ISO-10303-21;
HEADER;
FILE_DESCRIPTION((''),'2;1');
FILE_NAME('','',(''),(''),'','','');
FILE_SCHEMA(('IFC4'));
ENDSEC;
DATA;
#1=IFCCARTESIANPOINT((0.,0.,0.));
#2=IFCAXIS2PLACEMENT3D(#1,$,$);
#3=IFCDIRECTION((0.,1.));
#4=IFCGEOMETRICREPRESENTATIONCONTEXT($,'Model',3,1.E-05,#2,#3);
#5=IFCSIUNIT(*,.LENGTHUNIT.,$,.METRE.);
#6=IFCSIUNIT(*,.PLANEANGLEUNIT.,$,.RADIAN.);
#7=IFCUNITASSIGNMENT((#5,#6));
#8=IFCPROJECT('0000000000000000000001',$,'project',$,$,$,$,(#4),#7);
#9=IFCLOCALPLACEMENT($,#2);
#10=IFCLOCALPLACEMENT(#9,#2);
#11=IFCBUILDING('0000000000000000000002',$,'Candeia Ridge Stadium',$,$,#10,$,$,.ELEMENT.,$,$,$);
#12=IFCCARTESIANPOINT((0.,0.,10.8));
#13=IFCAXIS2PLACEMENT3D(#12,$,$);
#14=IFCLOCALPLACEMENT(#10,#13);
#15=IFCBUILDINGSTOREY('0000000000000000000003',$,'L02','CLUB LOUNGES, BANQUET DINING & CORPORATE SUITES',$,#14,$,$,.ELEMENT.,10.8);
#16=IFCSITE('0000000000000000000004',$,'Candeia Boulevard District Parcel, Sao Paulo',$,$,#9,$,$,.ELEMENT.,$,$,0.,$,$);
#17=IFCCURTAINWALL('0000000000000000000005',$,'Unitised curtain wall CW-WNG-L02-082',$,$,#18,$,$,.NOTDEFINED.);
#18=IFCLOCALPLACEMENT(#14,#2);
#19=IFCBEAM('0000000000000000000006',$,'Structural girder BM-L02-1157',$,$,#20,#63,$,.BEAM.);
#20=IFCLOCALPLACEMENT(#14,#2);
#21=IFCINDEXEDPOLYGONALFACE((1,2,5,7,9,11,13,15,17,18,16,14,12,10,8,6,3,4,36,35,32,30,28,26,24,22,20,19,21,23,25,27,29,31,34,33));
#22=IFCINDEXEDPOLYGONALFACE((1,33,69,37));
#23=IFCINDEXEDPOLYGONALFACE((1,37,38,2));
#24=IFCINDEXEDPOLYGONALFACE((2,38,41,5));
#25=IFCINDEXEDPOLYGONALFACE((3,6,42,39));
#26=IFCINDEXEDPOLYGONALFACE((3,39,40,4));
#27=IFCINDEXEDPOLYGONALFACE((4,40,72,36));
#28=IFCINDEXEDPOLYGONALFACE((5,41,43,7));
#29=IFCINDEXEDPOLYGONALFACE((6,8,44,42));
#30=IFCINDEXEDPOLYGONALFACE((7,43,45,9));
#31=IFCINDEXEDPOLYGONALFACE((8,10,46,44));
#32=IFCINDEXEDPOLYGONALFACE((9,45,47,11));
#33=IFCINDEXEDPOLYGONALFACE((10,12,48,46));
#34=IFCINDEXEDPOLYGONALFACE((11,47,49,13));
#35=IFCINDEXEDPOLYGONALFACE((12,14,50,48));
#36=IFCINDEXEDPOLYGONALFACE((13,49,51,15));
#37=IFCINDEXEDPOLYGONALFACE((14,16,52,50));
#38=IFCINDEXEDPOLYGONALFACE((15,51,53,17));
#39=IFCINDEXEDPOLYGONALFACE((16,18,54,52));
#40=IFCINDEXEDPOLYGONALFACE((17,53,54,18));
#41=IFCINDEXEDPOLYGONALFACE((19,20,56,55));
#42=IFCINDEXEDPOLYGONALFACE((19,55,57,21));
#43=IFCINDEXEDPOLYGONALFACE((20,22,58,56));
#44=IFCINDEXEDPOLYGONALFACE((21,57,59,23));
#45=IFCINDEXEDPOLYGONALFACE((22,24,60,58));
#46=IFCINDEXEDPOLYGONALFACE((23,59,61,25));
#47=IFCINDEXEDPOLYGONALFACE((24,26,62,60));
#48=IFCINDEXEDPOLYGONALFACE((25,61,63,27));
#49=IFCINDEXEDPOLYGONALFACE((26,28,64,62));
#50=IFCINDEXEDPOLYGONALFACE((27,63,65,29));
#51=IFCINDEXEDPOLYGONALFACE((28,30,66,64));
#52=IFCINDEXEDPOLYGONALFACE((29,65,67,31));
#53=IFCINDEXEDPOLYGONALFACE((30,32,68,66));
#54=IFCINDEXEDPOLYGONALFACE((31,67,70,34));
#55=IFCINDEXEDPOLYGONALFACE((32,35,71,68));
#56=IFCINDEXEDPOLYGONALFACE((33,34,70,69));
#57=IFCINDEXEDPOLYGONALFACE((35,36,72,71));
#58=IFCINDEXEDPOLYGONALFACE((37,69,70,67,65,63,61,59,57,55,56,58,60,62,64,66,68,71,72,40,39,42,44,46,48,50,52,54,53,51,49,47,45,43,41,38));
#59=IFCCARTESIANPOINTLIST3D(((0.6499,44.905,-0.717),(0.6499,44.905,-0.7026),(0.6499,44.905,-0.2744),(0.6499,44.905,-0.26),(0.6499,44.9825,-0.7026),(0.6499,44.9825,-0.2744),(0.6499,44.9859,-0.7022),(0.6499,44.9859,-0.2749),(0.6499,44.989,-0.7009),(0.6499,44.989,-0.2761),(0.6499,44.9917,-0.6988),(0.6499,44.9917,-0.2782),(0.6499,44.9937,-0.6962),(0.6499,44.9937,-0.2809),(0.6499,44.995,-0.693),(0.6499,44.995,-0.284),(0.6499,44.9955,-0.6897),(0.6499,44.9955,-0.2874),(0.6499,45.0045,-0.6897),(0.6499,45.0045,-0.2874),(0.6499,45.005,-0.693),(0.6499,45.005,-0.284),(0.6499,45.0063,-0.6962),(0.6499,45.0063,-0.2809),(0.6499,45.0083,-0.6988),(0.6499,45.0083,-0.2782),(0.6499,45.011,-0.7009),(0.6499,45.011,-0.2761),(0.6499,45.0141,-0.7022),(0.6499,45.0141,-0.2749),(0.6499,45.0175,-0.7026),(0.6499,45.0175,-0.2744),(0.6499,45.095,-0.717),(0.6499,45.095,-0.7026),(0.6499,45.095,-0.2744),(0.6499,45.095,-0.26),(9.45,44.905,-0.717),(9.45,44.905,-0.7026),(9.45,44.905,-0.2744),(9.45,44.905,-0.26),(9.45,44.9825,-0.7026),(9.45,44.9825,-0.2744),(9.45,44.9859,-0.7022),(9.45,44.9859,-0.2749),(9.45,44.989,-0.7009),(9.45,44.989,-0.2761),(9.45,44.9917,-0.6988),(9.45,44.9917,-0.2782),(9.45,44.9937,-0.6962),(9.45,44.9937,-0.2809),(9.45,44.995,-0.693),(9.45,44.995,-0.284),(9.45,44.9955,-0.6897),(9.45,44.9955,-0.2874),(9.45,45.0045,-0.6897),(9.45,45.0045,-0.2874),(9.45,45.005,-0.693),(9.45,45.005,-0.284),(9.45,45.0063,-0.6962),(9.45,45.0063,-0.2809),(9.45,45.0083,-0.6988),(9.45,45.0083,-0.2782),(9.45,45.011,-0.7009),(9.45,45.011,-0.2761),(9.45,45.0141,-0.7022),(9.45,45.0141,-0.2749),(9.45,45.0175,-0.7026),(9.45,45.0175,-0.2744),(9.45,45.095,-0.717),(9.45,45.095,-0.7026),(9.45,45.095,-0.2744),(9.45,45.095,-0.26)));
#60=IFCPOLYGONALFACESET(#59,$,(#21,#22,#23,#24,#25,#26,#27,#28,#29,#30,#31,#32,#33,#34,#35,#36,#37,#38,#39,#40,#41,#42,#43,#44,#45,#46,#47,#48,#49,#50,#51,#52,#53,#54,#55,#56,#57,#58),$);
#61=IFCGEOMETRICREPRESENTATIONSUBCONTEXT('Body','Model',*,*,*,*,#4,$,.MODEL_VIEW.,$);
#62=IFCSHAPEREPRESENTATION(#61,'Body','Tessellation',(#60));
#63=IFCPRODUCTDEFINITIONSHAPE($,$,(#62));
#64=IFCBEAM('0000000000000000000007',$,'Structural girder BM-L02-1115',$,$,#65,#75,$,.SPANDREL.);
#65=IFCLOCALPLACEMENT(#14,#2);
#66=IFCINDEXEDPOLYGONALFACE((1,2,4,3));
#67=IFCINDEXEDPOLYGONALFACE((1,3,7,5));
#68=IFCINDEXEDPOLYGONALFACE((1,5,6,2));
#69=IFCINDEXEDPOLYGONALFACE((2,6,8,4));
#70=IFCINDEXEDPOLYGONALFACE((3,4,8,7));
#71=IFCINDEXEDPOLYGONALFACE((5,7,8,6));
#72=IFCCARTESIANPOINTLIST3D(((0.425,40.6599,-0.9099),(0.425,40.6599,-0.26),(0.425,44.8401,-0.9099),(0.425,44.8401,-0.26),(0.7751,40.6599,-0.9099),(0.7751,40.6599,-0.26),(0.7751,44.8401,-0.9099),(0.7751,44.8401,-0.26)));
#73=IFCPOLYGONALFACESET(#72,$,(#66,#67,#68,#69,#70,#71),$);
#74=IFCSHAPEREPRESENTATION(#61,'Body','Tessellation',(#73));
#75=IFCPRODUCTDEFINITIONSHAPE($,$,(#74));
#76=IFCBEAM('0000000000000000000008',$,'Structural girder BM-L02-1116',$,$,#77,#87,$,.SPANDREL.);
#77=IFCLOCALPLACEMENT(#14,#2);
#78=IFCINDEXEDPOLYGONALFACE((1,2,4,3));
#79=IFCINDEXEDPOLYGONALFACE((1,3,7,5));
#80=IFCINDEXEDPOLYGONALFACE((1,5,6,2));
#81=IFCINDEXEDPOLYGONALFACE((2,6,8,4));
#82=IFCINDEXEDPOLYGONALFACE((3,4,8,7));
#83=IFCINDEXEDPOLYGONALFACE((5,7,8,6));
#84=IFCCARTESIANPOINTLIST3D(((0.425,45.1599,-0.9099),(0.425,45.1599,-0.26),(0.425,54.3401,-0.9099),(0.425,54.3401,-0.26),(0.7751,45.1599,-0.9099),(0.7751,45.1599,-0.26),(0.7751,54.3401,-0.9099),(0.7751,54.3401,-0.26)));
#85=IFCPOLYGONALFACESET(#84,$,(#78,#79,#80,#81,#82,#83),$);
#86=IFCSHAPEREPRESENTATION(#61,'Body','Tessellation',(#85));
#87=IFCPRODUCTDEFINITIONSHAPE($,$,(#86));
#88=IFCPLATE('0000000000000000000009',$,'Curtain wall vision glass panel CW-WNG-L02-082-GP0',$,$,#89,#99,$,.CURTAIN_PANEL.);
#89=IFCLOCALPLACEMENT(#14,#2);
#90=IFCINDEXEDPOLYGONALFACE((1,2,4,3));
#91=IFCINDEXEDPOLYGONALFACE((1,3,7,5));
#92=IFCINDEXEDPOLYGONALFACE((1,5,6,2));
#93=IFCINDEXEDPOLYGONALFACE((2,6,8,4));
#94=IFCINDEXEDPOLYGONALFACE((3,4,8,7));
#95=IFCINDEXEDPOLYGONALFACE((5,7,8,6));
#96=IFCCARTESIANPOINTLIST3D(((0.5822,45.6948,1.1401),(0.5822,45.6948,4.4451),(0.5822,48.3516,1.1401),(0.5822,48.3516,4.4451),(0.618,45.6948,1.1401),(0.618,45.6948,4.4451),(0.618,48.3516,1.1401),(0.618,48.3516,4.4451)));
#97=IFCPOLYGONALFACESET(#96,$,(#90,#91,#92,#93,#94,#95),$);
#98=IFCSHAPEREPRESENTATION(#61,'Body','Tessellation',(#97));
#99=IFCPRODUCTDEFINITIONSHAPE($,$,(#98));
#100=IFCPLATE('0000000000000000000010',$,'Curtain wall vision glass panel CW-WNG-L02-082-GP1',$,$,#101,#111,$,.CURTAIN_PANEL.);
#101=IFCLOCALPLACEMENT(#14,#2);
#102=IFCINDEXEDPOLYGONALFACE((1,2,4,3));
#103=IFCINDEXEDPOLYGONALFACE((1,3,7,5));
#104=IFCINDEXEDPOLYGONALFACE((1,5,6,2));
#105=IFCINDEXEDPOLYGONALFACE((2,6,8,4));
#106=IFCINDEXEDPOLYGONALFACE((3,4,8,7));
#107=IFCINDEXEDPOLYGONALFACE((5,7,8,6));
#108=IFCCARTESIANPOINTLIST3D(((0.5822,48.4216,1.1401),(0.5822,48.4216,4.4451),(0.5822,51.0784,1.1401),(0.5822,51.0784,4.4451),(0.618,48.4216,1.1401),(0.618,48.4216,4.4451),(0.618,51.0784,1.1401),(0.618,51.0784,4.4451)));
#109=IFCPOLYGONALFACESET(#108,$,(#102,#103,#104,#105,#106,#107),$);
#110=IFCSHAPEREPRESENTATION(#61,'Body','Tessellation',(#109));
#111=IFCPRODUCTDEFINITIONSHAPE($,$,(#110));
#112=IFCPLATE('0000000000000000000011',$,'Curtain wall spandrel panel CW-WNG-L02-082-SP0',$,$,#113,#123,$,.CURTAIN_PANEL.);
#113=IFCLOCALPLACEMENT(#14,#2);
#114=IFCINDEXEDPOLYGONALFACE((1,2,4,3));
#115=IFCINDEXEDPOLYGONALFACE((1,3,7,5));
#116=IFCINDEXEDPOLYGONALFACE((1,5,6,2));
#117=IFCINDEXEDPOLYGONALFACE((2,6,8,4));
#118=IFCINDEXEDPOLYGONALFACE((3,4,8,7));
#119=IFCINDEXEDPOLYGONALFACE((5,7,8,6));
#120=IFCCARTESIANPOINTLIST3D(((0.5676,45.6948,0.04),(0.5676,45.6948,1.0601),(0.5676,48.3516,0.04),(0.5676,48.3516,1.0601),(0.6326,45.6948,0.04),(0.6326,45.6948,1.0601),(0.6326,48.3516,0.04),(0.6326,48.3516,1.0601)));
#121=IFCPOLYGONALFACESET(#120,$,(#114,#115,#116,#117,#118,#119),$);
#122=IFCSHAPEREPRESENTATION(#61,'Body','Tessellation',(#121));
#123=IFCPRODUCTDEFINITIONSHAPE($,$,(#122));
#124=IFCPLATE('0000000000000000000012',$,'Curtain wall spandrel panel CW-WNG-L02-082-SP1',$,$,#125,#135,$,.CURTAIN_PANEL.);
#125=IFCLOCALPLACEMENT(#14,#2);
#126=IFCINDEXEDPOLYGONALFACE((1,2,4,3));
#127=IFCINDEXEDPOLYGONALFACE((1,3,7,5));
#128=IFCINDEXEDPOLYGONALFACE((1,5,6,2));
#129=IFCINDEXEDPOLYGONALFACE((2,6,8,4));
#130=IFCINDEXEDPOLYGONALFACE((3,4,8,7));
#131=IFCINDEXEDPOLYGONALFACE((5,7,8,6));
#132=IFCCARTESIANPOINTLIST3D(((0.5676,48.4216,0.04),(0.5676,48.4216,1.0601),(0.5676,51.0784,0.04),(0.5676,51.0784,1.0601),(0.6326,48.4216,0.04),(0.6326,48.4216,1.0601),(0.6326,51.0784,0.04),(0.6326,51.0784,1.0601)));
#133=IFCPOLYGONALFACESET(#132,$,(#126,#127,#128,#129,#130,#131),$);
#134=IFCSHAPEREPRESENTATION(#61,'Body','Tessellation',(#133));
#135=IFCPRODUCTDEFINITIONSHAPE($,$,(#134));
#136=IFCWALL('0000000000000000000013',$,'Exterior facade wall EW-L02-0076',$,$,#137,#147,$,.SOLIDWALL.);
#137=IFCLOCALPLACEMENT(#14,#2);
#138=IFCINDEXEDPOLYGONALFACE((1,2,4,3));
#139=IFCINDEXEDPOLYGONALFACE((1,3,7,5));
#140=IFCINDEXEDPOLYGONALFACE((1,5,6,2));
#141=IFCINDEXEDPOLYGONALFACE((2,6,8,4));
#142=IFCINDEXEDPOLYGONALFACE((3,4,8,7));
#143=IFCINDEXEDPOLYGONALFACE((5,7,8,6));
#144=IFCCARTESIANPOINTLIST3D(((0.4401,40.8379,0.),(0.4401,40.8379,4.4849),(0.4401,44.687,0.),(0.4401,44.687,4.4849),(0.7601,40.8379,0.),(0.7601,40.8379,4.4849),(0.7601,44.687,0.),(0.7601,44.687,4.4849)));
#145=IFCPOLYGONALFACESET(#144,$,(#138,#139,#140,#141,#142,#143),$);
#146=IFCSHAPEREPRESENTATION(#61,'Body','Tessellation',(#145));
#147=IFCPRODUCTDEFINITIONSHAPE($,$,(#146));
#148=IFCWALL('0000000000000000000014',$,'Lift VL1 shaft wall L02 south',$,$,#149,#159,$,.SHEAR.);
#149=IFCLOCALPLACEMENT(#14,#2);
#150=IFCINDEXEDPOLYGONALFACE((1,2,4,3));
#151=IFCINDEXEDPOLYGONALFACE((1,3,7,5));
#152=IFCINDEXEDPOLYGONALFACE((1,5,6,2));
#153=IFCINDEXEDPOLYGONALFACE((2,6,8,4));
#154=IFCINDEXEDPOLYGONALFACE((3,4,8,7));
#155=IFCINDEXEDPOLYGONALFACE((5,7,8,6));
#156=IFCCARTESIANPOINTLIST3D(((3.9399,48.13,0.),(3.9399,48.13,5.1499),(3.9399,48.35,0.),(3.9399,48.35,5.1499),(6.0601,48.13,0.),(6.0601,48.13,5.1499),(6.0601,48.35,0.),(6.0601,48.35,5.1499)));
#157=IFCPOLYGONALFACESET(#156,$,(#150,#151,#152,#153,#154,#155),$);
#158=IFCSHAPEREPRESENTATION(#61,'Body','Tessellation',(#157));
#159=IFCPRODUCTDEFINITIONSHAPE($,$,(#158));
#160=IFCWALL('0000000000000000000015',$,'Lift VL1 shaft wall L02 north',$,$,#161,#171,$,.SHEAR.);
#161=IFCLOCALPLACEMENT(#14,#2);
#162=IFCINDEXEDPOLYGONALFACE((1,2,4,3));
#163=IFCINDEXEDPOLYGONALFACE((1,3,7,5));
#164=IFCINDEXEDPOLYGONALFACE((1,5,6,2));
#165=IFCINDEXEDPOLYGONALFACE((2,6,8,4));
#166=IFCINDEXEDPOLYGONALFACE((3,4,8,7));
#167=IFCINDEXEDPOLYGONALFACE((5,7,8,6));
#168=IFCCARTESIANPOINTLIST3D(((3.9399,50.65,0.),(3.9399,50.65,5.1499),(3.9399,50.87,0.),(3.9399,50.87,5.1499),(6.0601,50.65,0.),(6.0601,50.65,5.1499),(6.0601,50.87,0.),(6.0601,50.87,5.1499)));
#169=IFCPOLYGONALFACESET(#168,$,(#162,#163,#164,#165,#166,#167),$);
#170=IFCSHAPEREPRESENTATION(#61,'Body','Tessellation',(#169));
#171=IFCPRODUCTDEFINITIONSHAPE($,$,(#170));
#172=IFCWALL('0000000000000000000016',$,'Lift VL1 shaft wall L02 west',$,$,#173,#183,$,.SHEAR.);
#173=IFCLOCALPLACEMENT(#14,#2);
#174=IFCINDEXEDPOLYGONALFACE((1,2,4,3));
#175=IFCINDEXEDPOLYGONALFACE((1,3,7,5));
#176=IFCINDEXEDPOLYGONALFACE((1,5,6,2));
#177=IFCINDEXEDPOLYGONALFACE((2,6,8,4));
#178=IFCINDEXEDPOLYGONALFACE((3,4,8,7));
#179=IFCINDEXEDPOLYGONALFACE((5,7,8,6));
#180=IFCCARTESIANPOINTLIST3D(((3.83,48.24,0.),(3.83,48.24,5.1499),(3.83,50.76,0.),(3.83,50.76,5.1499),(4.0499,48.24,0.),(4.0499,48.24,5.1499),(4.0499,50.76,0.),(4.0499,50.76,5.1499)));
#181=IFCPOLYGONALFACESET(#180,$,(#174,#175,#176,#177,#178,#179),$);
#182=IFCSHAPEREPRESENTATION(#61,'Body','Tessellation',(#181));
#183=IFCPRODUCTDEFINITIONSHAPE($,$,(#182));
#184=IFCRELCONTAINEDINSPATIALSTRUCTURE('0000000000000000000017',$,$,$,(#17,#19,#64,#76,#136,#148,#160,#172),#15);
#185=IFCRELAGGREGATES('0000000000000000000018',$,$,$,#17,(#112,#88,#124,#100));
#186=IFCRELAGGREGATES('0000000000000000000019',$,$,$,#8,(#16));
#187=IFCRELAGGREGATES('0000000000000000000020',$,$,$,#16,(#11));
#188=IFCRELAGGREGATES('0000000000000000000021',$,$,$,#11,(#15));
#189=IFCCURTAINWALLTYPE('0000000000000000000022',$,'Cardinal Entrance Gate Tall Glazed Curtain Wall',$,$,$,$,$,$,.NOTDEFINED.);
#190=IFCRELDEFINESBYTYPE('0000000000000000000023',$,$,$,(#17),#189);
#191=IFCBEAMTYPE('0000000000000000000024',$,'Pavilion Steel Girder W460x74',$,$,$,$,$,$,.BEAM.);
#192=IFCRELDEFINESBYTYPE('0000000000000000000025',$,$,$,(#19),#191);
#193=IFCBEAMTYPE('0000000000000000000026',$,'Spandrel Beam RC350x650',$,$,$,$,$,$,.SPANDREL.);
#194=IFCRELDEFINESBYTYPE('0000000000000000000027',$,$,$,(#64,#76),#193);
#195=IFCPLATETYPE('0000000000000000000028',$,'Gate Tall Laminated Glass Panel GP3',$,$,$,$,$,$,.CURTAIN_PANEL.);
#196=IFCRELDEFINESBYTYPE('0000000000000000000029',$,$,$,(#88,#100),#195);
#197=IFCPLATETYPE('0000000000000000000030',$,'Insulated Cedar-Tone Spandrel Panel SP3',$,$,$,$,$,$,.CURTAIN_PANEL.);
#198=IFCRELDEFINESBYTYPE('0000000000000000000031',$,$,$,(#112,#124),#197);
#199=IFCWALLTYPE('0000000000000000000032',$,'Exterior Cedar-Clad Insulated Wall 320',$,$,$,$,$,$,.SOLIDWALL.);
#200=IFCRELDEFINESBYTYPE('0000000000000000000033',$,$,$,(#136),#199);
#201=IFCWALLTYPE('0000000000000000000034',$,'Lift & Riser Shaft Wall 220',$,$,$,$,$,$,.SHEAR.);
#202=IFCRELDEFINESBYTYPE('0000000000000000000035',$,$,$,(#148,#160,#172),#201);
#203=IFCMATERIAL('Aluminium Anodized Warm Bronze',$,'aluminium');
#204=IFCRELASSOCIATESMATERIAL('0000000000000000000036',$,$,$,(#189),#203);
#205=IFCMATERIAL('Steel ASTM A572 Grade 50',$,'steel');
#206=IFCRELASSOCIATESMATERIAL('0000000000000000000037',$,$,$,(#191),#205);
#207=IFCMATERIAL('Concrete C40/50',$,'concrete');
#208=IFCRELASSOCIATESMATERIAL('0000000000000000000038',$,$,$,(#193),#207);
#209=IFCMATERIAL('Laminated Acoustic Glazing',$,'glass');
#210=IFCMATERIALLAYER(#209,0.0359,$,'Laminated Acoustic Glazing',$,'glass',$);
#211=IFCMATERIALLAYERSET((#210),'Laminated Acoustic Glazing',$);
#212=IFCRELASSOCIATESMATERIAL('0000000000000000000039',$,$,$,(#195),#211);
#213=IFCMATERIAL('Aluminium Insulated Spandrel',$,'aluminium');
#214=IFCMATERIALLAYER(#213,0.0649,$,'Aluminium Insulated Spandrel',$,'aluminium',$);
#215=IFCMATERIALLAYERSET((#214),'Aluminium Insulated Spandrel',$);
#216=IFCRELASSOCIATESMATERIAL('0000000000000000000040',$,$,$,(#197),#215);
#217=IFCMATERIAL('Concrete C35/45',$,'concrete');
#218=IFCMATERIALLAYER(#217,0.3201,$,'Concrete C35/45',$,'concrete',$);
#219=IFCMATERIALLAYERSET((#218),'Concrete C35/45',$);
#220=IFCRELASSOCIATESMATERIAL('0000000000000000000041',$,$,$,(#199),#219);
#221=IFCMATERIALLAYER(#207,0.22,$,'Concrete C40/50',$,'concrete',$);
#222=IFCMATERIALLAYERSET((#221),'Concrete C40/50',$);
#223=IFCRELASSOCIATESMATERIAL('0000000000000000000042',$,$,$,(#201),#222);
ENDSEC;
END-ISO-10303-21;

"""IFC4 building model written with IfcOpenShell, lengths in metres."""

from ifc_helpers import new_model, si_unit, direction, frame, frame_2d, origin, origin_2d, place, context, subcontext, project, spatial, rectangle, i_section, extrude, material, layer, layer_set, material_profile, profile_set, type_object, element, aggregate, save


model = new_model("IFC4")

# Units and contexts
model_context = context("Model", 3, precision=1e-05, world=origin(), true_north=direction((0.0, 1.0)))
body_context = subcontext(model_context, "Body", "Model", "MODEL_VIEW")
ifc_project = project(units=[si_unit("LENGTHUNIT", "METRE"), si_unit("PLANEANGLEUNIT", "RADIAN")], contexts=[model_context])

# Site, building, storey
site_placement = place(None, origin())
site = spatial("IfcSite", under=ifc_project, at=site_placement, Name="Candeia Boulevard District Parcel, Sao Paulo", CompositionType="ELEMENT", RefElevation=0.0)
building_placement = place(site_placement, origin())
building = spatial("IfcBuilding", under=site, at=building_placement, Name="Candeia Ridge Stadium", CompositionType="ELEMENT")
storey_placement = place(building_placement, frame((0.0, 0.0, 10.8)))
storey = spatial("IfcBuildingStorey", under=building, at=storey_placement, Name="L02", Description="CLUB LOUNGES, BANQUET DINING & CORPORATE SUITES", CompositionType="ELEMENT", Elevation=10.8)

# Shared definitions
ifc_material_1 = material(Name="Concrete C40/50", Category="concrete")

# Curtain wall
ifc_material_2 = material(Name="Aluminium Anodized Warm Bronze", Category="aluminium")
curtain_wall_type = type_object("IfcCurtainWallType", Name="Cardinal Entrance Gate Tall Glazed Curtain Wall", PredefinedType="NOTDEFINED", material=ifc_material_2)
curtain_wall_placement = place(storey_placement, origin())
curtain_wall = element("IfcCurtainWall", 1, at=curtain_wall_placement, inside=storey, type_object=curtain_wall_type, Name="Unitised curtain wall CW-WNG-L02-082", PredefinedType="NOTDEFINED")

# Beams
ifc_material_3 = material(Name="Steel ASTM A572 Grade 50", Category="steel")
ifc_material_profile_1 = material_profile(ifc_material_3, i_section(OverallWidth=0.1899, OverallDepth=0.457, WebThickness=0.009, FlangeThickness=0.0144, FilletRadius=0.0129, at=origin_2d()), Name="W460x74", Category="steel")
ifc_profile_set_1 = profile_set([ifc_material_profile_1], Name="Steel ASTM A572 Grade 50")
beam_type_1 = type_object("IfcBeamType", Name="Pavilion Steel Girder W460x74", PredefinedType="BEAM", material=ifc_profile_set_1)
beam_1_placement = place(storey_placement, frame((0.6499, 45.0, -0.4885), z_axis=(1.0, 0.0, 0.0), x_axis=(0.0, 1.0, 0.0)))
element("IfcBeam", 2, at=beam_1_placement, inside=storey, type_object=beam_type_1, Name="Structural girder BM-L02-1157", PredefinedType="BEAM", context=body_context, shape_type="SweptSolid", body=[
    extrude(i_section(OverallWidth=0.1899, OverallDepth=0.457, WebThickness=0.009, FlangeThickness=0.0144, FilletRadius=0.0129, at=origin_2d()), origin(), (0.0, 0.0, 1.0), 8.8),
])
ifc_material_profile_2 = material_profile(ifc_material_1, rectangle(XDim=0.3501, YDim=0.6499, at=origin_2d()), Name="RC350x650", Category="concrete")
ifc_profile_set_2 = profile_set([ifc_material_profile_2], Name="Concrete C40/50")
beam_type_2 = type_object("IfcBeamType", Name="Spandrel Beam RC350x650", PredefinedType="SPANDREL", material=ifc_profile_set_2)
beam_2_placement = place(storey_placement, frame((0.6001, 40.6599, -0.585), z_axis=(0.0, 1.0, 0.0), x_axis=(-1.0, 0.0, 0.0)))
element("IfcBeam", 3, at=beam_2_placement, inside=storey, type_object=beam_type_2, Name="Structural girder BM-L02-1115", PredefinedType="SPANDREL", context=body_context, shape_type="SweptSolid", body=[
    extrude(rectangle(XDim=0.3501, YDim=0.6499, at=origin_2d()), origin(), (0.0, 0.0, 1.0), 4.1802),
])
beam_3_placement = place(storey_placement, frame((0.6001, 45.1599, -0.585), z_axis=(0.0, 1.0, 0.0), x_axis=(-1.0, 0.0, 0.0)))
element("IfcBeam", 4, at=beam_3_placement, inside=storey, type_object=beam_type_2, Name="Structural girder BM-L02-1116", PredefinedType="SPANDREL", context=body_context, shape_type="SweptSolid", body=[
    extrude(rectangle(XDim=0.3501, YDim=0.6499, at=origin_2d()), origin(), (0.0, 0.0, 1.0), 9.1802),
])

# Plates
ifc_material_4 = material(Name="Laminated Acoustic Glazing", Category="glass")
ifc_layer_1 = layer(ifc_material_4, 0.0359, Name="Laminated Acoustic Glazing", Category="glass")
ifc_layer_set_1 = layer_set([ifc_layer_1], Name="Laminated Acoustic Glazing")
plate_type_1 = type_object("IfcPlateType", Name="Gate Tall Laminated Glass Panel GP3", PredefinedType="CURTAIN_PANEL", material=ifc_layer_set_1)
plate_1_placement = place(storey_placement, frame((0.6001, 47.0232, 1.1401), z_axis=(0.0, 0.0, 1.0), x_axis=(0.0, 1.0, 0.0)))
plate_1 = element("IfcPlate", 5, at=plate_1_placement, type_object=plate_type_1, Name="Curtain wall vision glass panel CW-WNG-L02-082-GP0", PredefinedType="CURTAIN_PANEL", context=body_context, shape_type="SweptSolid", body=[
    extrude(rectangle(XDim=2.6567, YDim=0.0359, at=origin_2d()), origin(), (0.0, 0.0, 1.0), 3.3049),
])
plate_2_placement = place(storey_placement, frame((0.6001, 49.75, 1.1401), z_axis=(0.0, 0.0, 1.0), x_axis=(0.0, 1.0, 0.0)))
plate_2 = element("IfcPlate", 6, at=plate_2_placement, type_object=plate_type_1, Name="Curtain wall vision glass panel CW-WNG-L02-082-GP1", PredefinedType="CURTAIN_PANEL", context=body_context, shape_type="SweptSolid", body=[
    extrude(rectangle(XDim=2.6567, YDim=0.0359, at=origin_2d()), origin(), (0.0, 0.0, 1.0), 3.3049),
])
ifc_material_5 = material(Name="Aluminium Insulated Spandrel", Category="aluminium")
ifc_layer_2 = layer(ifc_material_5, 0.0649, Name="Aluminium Insulated Spandrel", Category="aluminium")
ifc_layer_set_2 = layer_set([ifc_layer_2], Name="Aluminium Insulated Spandrel")
plate_type_2 = type_object("IfcPlateType", Name="Insulated Cedar-Tone Spandrel Panel SP3", PredefinedType="CURTAIN_PANEL", material=ifc_layer_set_2)
plate_3_placement = place(storey_placement, frame((0.6001, 47.0232, 0.04), z_axis=(0.0, 0.0, 1.0), x_axis=(0.0, 1.0, 0.0)))
plate_3 = element("IfcPlate", 7, at=plate_3_placement, type_object=plate_type_2, Name="Curtain wall spandrel panel CW-WNG-L02-082-SP0", PredefinedType="CURTAIN_PANEL", context=body_context, shape_type="SweptSolid", body=[
    extrude(rectangle(XDim=2.6567, YDim=0.0649, at=origin_2d()), origin(), (0.0, 0.0, 1.0), 1.02),
])
plate_4_placement = place(storey_placement, frame((0.6001, 49.75, 0.04), z_axis=(0.0, 0.0, 1.0), x_axis=(0.0, 1.0, 0.0)))
plate_4 = element("IfcPlate", 8, at=plate_4_placement, type_object=plate_type_2, Name="Curtain wall spandrel panel CW-WNG-L02-082-SP1", PredefinedType="CURTAIN_PANEL", context=body_context, shape_type="SweptSolid", body=[
    extrude(rectangle(XDim=2.6567, YDim=0.0649, at=origin_2d()), origin(), (0.0, 0.0, 1.0), 1.02),
])
aggregate(curtain_wall, [plate_3, plate_1, plate_4, plate_2])

# Walls
ifc_material_6 = material(Name="Concrete C35/45", Category="concrete")
ifc_layer_3 = layer(ifc_material_6, 0.3201, Name="Concrete C35/45", Category="concrete")
ifc_layer_set_3 = layer_set([ifc_layer_3], Name="Concrete C35/45")
wall_type_1 = type_object("IfcWallType", Name="Exterior Cedar-Clad Insulated Wall 320", PredefinedType="SOLIDWALL", material=ifc_layer_set_3)
wall_1_placement = place(storey_placement, frame((0.6001, 40.8379, 0.0), z_axis=(0.0, 0.0, 1.0), x_axis=(0.0, 1.0, 0.0)))
element("IfcWall", 9, at=wall_1_placement, inside=storey, type_object=wall_type_1, Name="Exterior facade wall EW-L02-0076", PredefinedType="SOLIDWALL", context=body_context, shape_type="SweptSolid", body=[
    extrude(rectangle(XDim=3.8491, YDim=0.3201, at=frame_2d((1.9246, 0.0))), origin(), (0.0, 0.0, 1.0), 4.4849),
])
ifc_layer_4 = layer(ifc_material_1, 0.22, Name="Concrete C40/50", Category="concrete")
ifc_layer_set_4 = layer_set([ifc_layer_4], Name="Concrete C40/50")
wall_type_2 = type_object("IfcWallType", Name="Lift & Riser Shaft Wall 220", PredefinedType="SHEAR", material=ifc_layer_set_4)
wall_2_placement = place(storey_placement, frame((3.9399, 48.24, 0.0), z_axis=(0.0, 0.0, 1.0), x_axis=(1.0, 0.0, 0.0)))
element("IfcWall", 10, at=wall_2_placement, inside=storey, type_object=wall_type_2, Name="Lift VL1 shaft wall L02 south", PredefinedType="SHEAR", context=body_context, shape_type="SweptSolid", body=[
    extrude(rectangle(XDim=2.1201, YDim=0.22, at=frame_2d((1.0601, 0.0))), origin(), (0.0, 0.0, 1.0), 5.1499),
])

# Walls
wall_3_placement = place(storey_placement, frame((6.0601, 50.76, 0.0), z_axis=(0.0, 0.0, 1.0), x_axis=(-1.0, 0.0, 0.0)))
element("IfcWall", 11, at=wall_3_placement, inside=storey, type_object=wall_type_2, Name="Lift VL1 shaft wall L02 north", PredefinedType="SHEAR", context=body_context, shape_type="SweptSolid", body=[
    extrude(rectangle(XDim=2.1201, YDim=0.22, at=frame_2d((1.0601, 0.0))), origin(), (0.0, 0.0, 1.0), 5.1499),
])
wall_4_placement = place(storey_placement, frame((3.9399, 50.76, 0.0), z_axis=(0.0, 0.0, 1.0), x_axis=(0.0, -1.0, 0.0)))
element("IfcWall", 12, at=wall_4_placement, inside=storey, type_object=wall_type_2, Name="Lift VL1 shaft wall L02 west", PredefinedType="SHEAR", context=body_context, shape_type="SweptSolid", body=[
    extrude(rectangle(XDim=2.52, YDim=0.22, at=frame_2d((1.26, 0.0))), origin(), (0.0, 0.0, 1.0), 5.1499),
])

save(model, "model.ifc")
